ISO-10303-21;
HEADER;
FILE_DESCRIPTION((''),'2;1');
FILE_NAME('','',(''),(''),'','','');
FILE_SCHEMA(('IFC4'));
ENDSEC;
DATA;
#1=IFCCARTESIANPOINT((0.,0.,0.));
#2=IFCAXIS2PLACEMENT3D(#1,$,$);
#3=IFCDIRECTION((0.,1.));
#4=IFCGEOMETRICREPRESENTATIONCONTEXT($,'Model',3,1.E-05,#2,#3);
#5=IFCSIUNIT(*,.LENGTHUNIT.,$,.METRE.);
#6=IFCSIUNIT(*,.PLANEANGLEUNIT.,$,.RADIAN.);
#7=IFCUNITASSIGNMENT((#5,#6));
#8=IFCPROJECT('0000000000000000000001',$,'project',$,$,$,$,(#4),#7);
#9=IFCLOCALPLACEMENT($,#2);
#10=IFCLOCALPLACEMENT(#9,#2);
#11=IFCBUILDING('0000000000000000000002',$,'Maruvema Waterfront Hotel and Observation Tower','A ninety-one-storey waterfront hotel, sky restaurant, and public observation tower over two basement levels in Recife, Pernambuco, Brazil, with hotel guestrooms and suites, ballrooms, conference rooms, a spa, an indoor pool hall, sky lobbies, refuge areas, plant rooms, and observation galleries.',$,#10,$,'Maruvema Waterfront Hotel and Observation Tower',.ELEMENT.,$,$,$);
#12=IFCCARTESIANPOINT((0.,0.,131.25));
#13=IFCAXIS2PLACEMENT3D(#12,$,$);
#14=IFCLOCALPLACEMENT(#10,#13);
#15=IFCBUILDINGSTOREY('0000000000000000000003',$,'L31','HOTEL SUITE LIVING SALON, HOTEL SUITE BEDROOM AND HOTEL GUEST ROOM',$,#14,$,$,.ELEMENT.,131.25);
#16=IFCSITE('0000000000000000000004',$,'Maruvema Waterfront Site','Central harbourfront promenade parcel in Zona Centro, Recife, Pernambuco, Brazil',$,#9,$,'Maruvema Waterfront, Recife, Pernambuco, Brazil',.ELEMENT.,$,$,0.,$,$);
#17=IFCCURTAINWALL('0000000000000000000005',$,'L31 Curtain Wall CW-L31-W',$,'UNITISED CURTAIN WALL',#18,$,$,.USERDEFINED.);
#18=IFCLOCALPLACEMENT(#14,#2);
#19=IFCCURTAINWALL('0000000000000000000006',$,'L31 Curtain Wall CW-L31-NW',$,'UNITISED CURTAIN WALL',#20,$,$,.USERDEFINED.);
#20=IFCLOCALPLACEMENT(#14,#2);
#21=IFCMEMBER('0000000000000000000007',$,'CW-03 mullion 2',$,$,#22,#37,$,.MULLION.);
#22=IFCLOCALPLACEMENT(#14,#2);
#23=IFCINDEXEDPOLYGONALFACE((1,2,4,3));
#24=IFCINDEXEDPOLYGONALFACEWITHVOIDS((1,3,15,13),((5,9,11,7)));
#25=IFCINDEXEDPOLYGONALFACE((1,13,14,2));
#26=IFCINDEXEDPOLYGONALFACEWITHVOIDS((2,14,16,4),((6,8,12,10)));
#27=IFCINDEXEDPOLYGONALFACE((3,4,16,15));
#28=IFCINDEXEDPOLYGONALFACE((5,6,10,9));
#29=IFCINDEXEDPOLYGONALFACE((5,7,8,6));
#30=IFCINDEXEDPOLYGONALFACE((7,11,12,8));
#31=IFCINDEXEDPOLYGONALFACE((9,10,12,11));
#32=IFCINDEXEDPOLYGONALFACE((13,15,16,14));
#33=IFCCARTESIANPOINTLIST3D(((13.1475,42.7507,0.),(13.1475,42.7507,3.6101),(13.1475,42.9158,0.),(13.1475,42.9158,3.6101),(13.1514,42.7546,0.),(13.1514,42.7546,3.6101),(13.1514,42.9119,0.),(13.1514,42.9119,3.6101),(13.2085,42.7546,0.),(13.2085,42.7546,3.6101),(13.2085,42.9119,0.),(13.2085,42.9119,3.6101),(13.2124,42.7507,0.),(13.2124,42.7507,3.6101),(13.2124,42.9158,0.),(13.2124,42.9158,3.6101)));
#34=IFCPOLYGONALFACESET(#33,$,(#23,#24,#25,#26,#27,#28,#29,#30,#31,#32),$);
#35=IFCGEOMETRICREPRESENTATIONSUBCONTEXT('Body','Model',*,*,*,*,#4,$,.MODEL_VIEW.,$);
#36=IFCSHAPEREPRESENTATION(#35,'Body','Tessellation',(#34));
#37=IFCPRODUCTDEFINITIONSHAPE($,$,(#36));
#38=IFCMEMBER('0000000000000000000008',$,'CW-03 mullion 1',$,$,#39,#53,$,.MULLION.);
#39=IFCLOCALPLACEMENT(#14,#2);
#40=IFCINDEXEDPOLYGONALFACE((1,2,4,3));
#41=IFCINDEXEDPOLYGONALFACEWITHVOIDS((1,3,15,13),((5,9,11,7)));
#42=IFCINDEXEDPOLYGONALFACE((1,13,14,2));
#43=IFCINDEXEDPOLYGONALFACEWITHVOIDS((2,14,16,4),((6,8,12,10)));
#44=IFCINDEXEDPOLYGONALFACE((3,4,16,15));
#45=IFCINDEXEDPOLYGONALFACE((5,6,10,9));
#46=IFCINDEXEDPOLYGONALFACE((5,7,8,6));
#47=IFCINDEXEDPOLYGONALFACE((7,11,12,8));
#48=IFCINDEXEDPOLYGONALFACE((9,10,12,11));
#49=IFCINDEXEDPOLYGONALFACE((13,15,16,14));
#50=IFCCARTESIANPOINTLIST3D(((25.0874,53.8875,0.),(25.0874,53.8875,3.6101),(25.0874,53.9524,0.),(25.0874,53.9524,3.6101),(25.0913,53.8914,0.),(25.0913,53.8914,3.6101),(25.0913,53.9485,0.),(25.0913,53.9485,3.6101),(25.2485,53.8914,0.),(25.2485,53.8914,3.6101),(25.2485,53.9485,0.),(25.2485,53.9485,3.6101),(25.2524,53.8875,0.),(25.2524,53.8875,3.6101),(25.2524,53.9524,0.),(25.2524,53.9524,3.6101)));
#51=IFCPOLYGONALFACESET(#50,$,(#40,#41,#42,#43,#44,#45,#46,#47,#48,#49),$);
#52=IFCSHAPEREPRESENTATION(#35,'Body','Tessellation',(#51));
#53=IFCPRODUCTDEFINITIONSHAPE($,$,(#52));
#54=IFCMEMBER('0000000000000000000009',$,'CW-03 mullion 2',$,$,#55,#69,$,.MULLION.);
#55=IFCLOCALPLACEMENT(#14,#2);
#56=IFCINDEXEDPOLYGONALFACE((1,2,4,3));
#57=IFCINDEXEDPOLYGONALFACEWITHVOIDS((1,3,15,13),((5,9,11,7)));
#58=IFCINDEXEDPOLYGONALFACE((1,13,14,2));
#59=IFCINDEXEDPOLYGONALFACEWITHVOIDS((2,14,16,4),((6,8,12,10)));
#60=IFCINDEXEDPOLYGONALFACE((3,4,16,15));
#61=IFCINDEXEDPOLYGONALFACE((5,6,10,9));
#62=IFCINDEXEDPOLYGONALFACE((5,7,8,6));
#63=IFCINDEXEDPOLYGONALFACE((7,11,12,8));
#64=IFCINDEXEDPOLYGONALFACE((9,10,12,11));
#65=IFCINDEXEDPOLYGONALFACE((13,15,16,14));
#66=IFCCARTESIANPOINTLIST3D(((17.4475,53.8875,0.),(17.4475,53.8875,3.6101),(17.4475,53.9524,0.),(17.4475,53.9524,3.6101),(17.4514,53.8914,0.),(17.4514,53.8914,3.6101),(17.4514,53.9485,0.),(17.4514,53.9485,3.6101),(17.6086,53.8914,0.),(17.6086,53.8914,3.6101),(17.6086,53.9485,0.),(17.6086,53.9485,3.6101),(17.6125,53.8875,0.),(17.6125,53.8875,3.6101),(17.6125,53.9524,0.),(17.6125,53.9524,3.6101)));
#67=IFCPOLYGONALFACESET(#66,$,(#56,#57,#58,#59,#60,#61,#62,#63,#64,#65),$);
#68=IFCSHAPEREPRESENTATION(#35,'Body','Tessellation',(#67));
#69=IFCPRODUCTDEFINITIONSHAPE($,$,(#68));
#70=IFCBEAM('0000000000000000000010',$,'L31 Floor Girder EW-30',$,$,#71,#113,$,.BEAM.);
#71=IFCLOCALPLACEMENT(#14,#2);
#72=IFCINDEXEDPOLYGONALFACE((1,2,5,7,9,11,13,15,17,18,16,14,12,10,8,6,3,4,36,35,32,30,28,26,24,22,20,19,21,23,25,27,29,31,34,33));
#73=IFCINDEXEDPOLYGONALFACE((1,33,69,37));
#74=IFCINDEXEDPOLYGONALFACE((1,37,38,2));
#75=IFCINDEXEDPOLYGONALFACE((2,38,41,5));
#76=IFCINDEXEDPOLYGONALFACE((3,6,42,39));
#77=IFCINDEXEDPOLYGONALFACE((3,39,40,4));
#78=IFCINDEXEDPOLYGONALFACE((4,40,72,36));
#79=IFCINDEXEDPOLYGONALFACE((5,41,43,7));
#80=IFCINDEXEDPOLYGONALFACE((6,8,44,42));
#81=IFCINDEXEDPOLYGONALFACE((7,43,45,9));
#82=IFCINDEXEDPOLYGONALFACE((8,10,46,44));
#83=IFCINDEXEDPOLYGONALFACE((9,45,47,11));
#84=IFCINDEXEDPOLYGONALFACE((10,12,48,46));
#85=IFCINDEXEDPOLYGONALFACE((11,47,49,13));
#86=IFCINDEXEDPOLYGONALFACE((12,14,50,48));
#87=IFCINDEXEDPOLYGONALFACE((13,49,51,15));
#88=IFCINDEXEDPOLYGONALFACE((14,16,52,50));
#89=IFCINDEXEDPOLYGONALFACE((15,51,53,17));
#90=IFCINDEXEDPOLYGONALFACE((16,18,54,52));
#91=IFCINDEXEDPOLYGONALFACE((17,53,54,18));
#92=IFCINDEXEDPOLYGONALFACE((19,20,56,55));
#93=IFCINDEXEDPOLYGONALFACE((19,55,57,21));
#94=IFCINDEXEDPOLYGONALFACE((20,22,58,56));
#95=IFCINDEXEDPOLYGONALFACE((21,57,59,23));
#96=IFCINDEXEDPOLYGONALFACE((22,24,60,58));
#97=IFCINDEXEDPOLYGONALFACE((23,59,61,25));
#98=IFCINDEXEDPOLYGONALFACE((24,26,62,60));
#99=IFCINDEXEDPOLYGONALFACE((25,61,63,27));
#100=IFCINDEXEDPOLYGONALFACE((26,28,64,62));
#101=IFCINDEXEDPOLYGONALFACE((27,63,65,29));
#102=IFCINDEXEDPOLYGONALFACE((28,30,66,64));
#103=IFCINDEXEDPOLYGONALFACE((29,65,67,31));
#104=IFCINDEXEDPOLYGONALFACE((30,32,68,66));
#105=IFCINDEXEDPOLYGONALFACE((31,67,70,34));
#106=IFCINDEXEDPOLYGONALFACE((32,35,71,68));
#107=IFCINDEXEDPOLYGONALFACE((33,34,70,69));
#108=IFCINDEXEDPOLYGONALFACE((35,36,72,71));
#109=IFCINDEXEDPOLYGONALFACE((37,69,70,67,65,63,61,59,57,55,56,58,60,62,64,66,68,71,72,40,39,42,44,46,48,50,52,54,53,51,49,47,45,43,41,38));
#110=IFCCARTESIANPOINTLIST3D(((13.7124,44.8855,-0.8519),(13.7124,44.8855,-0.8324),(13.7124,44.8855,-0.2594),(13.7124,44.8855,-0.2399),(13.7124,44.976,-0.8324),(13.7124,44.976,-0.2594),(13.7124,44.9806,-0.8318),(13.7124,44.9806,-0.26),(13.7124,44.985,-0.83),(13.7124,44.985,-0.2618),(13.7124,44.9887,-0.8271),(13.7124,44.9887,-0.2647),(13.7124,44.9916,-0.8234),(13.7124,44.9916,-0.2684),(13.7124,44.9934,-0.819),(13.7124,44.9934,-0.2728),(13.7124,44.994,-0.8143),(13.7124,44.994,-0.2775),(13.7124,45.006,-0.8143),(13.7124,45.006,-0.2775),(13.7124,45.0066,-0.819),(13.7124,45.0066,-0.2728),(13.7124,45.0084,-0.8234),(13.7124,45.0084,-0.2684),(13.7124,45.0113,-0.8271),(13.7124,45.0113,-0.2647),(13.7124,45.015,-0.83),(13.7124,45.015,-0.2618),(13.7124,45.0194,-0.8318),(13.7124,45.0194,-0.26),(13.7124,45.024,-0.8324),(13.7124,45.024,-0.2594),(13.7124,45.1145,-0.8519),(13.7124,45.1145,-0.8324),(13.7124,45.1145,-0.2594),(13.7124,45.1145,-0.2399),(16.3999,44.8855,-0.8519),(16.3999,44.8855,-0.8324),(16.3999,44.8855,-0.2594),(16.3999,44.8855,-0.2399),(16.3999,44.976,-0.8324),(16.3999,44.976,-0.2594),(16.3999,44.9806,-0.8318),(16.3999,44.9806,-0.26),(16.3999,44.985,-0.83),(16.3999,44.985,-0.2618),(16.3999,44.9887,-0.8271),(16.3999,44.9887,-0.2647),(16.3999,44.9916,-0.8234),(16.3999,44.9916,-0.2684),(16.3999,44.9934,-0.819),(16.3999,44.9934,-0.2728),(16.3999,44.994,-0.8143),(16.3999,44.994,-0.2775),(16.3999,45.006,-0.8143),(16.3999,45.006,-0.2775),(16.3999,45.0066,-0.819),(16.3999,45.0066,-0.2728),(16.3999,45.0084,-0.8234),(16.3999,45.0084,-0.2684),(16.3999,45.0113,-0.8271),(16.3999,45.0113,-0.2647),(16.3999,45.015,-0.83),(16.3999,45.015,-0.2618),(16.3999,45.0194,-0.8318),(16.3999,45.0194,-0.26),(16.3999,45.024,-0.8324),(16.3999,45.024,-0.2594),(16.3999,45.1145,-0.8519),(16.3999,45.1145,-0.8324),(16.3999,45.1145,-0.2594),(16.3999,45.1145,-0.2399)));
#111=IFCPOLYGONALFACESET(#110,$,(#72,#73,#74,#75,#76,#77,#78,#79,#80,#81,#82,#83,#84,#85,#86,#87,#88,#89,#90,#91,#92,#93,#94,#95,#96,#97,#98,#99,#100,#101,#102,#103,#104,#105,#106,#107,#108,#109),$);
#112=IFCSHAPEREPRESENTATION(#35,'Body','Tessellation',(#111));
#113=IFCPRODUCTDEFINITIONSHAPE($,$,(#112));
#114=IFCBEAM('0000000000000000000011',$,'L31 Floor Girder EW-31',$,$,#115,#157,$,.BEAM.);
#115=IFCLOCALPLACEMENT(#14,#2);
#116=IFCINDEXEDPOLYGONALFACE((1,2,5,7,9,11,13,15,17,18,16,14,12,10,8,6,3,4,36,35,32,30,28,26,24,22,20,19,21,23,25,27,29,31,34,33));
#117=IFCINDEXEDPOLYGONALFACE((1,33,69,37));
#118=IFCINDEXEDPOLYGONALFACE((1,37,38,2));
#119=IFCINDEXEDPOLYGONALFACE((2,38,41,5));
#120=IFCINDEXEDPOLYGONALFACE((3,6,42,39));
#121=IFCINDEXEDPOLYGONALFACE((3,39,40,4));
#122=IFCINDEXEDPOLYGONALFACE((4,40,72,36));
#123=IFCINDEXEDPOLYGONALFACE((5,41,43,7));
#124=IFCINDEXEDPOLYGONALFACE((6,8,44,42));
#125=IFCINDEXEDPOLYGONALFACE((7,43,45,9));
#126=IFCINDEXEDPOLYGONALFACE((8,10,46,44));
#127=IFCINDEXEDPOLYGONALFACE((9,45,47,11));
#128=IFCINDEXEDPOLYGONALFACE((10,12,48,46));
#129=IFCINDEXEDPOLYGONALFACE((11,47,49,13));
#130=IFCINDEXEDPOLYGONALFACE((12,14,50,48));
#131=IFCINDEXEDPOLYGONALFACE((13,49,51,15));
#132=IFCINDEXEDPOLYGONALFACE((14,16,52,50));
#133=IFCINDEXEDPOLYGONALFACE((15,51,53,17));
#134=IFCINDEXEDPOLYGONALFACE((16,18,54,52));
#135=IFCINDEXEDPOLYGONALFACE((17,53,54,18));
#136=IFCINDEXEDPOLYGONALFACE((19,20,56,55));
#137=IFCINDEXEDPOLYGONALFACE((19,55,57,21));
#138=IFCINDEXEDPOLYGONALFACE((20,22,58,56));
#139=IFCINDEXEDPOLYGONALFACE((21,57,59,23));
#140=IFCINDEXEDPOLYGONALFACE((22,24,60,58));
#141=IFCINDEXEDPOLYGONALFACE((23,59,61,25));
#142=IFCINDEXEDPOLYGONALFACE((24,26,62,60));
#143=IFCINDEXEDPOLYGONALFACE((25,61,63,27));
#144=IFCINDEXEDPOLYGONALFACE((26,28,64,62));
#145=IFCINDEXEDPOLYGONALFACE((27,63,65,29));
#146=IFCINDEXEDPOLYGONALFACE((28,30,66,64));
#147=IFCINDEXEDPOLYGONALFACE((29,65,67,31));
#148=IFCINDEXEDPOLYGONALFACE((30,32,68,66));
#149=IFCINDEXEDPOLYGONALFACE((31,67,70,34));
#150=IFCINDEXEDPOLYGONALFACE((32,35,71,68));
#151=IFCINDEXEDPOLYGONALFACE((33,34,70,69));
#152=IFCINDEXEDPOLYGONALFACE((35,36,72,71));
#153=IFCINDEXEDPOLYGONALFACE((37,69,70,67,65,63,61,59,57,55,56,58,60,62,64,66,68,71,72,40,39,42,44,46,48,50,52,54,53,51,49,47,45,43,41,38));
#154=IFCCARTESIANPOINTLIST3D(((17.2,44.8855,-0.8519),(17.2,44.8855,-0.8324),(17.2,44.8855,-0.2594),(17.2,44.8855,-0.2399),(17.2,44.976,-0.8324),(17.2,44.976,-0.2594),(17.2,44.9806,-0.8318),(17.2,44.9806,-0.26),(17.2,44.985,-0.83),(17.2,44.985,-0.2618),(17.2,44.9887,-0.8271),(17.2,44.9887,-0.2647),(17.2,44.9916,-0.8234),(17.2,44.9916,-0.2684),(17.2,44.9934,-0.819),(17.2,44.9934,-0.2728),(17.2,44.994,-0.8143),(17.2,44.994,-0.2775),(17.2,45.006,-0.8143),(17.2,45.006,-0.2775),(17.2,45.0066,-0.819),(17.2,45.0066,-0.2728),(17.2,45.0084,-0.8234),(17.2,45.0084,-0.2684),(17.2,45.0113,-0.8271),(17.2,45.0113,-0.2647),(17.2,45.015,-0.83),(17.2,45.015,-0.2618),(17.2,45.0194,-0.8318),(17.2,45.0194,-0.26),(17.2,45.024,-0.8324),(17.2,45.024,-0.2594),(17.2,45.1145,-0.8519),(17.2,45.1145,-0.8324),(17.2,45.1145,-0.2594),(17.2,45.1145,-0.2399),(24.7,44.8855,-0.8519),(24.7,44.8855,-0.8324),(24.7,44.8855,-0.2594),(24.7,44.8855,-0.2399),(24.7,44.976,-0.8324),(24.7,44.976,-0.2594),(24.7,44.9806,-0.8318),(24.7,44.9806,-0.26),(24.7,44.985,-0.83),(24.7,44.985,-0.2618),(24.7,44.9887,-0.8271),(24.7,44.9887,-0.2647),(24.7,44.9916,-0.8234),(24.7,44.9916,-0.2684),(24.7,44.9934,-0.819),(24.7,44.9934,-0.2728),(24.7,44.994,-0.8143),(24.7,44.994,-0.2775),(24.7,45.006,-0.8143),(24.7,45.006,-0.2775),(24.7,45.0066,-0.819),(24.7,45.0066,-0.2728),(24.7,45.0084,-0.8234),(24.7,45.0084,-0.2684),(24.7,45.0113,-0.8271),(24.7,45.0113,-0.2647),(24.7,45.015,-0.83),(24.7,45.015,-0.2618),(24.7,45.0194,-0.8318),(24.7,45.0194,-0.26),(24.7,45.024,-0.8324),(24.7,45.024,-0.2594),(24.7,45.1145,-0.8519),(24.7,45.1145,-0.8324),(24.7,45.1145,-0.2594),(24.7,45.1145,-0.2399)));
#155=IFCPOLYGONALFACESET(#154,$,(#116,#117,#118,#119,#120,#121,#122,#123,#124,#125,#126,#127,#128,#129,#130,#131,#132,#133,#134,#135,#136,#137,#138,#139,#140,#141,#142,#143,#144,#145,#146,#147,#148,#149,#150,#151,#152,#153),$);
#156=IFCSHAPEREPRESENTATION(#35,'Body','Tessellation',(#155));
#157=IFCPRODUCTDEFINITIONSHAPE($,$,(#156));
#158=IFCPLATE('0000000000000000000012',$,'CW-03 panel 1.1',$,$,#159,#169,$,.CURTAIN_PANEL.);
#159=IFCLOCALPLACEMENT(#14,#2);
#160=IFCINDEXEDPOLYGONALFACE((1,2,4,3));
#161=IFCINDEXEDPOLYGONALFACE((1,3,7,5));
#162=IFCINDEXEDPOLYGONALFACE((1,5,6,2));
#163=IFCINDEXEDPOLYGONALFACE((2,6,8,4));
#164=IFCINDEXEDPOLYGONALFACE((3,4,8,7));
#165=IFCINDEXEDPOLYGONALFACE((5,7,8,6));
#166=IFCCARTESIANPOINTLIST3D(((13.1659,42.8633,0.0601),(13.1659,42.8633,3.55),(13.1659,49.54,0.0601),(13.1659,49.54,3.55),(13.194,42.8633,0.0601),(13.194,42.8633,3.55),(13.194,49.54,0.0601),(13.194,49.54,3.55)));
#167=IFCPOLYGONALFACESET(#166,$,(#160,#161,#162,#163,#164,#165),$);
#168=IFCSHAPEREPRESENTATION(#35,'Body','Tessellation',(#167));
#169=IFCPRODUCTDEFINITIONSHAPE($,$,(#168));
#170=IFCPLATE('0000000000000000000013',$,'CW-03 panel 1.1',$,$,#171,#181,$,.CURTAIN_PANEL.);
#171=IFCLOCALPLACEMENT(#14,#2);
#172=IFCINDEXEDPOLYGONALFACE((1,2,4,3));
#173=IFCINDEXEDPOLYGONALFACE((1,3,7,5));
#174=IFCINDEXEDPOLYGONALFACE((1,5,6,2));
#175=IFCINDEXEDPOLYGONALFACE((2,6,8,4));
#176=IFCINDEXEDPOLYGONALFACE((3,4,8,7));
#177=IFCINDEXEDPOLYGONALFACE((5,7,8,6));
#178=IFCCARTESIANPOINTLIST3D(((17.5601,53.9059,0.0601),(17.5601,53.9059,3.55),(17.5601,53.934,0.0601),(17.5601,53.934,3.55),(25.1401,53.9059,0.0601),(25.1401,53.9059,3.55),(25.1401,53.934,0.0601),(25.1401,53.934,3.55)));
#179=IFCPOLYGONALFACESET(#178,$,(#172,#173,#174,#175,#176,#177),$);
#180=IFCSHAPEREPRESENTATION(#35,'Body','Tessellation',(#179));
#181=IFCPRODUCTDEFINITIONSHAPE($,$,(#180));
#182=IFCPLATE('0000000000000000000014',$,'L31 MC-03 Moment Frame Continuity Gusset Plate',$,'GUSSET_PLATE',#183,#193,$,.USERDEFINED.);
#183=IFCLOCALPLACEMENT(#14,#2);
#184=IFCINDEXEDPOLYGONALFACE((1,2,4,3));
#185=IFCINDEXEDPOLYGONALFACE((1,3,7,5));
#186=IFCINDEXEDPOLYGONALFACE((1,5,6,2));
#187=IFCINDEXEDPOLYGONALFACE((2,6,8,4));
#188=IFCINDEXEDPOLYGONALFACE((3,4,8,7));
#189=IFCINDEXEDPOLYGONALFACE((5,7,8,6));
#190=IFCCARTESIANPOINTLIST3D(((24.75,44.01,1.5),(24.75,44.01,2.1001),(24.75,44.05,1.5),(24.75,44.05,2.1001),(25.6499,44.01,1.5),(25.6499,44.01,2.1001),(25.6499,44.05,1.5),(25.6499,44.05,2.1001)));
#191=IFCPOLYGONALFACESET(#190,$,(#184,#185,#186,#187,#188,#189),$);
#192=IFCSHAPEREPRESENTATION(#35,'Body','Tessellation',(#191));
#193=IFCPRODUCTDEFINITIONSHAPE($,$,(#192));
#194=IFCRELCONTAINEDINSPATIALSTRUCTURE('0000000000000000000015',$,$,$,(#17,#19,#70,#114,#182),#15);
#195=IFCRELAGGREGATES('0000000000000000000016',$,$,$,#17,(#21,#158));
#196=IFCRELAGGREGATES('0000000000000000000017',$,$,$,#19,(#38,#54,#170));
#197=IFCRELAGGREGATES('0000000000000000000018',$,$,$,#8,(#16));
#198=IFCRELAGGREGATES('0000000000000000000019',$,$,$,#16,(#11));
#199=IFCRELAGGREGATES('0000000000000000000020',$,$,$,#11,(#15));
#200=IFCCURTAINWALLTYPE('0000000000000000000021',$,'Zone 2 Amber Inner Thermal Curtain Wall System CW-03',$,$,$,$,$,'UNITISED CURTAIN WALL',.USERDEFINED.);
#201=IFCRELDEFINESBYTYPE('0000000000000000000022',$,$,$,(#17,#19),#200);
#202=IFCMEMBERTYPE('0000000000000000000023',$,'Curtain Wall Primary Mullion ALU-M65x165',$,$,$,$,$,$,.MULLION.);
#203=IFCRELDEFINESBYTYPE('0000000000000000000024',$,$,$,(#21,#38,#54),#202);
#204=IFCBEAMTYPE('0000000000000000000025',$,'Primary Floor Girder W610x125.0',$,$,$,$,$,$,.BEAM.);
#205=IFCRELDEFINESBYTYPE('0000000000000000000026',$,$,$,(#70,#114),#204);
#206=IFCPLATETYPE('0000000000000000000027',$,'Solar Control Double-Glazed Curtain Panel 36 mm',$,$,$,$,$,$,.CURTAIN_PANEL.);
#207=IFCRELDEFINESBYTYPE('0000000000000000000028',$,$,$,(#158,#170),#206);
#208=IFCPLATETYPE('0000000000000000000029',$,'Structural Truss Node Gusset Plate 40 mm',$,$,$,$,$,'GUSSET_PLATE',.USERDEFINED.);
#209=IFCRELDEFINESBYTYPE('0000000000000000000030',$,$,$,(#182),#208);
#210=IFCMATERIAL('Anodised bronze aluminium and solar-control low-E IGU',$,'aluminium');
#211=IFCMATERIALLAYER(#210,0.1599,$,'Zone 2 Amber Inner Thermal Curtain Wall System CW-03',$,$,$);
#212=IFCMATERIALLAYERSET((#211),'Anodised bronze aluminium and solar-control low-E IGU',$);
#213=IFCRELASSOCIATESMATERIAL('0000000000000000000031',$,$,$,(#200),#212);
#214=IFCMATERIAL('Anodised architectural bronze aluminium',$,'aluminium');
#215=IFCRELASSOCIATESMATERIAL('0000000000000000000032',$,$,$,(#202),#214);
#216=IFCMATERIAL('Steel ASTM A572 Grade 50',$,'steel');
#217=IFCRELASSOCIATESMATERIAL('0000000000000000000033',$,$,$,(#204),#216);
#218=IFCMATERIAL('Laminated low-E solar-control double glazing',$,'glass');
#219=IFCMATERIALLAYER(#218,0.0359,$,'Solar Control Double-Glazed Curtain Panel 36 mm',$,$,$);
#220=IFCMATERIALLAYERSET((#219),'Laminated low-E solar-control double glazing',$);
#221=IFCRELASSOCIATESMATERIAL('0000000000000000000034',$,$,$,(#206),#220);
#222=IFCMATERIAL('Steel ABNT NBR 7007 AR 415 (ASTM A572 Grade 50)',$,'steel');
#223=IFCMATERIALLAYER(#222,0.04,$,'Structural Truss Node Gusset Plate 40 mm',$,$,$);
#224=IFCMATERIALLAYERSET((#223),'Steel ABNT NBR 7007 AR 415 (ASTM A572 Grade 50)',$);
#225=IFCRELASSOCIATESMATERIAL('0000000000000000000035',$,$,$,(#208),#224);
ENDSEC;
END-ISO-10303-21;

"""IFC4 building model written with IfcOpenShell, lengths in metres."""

from ifc_helpers import new_model, si_unit, direction, frame, origin, origin_2d, place, context, subcontext, project, spatial, rectangle, hollow_rectangle, i_section, extrude, material, layer, layer_set, material_profile, profile_set, type_object, element, aggregate, save


model = new_model("IFC4")

# Units and contexts
model_context = context("Model", 3, precision=1e-05, world=origin(), true_north=direction((0.0, 1.0)))
body_context = subcontext(model_context, "Body", "Model", "MODEL_VIEW")
ifc_project = project(units=[si_unit("LENGTHUNIT", "METRE"), si_unit("PLANEANGLEUNIT", "RADIAN")], contexts=[model_context])

# Site, building, storey
site_placement = place(None, origin())
site = spatial("IfcSite", under=ifc_project, at=site_placement, Name="Maruvema Waterfront Site", Description="Central harbourfront promenade parcel in Zona Centro, Recife, Pernambuco, Brazil", LongName="Maruvema Waterfront, Recife, Pernambuco, Brazil", CompositionType="ELEMENT", RefElevation=0.0)
building_placement = place(site_placement, origin())
building = spatial("IfcBuilding", under=site, at=building_placement, Name="Maruvema Waterfront Hotel and Observation Tower", Description="A ninety-one-storey waterfront hotel, sky restaurant, and public observation tower over two basement levels in Recife, Pernambuco, Brazil, with hotel guestrooms and suites, ballrooms, conference rooms, a spa, an indoor pool hall, sky lobbies, refuge areas, plant rooms, and observation galleries.", LongName="Maruvema Waterfront Hotel and Observation Tower", CompositionType="ELEMENT")
storey_placement = place(building_placement, frame((0.0, 0.0, 131.25)))
storey = spatial("IfcBuildingStorey", under=building, at=storey_placement, Name="L31", Description="HOTEL SUITE LIVING SALON, HOTEL SUITE BEDROOM AND HOTEL GUEST ROOM", CompositionType="ELEMENT", Elevation=131.25)

# Curtain walls
ifc_material_1 = material(Name="Anodised bronze aluminium and solar-control low-E IGU", Category="aluminium")
ifc_layer_1 = layer(ifc_material_1, 0.1599, Name="Zone 2 Amber Inner Thermal Curtain Wall System CW-03")
ifc_layer_set_1 = layer_set([ifc_layer_1], Name="Anodised bronze aluminium and solar-control low-E IGU")
curtain_wall_type = type_object("IfcCurtainWallType", Name="Zone 2 Amber Inner Thermal Curtain Wall System CW-03", ElementType="UNITISED CURTAIN WALL", PredefinedType="USERDEFINED", material=ifc_layer_set_1)
curtain_wall_1_placement = place(storey_placement, origin())
curtain_wall_1 = element("IfcCurtainWall", 1, at=curtain_wall_1_placement, inside=storey, type_object=curtain_wall_type, Name="L31 Curtain Wall CW-L31-W", ObjectType="UNITISED CURTAIN WALL", PredefinedType="USERDEFINED")
curtain_wall_2_placement = place(storey_placement, origin())
curtain_wall_2 = element("IfcCurtainWall", 2, at=curtain_wall_2_placement, inside=storey, type_object=curtain_wall_type, Name="L31 Curtain Wall CW-L31-NW", ObjectType="UNITISED CURTAIN WALL", PredefinedType="USERDEFINED")

# Members
ifc_material_2 = material(Name="Anodised architectural bronze aluminium", Category="aluminium")
ifc_material_profile_1 = material_profile(ifc_material_2, hollow_rectangle(XDim=0.0649, YDim=0.165, WallThickness=0.0039, at=origin_2d()), Name="ALU-M65x165")
ifc_profile_set_1 = profile_set([ifc_material_profile_1], Name="Anodised architectural bronze aluminium")
member_type_1 = type_object("IfcMemberType", Name="Curtain Wall Primary Mullion ALU-M65x165", PredefinedType="MULLION", material=ifc_profile_set_1)
member_1_placement = place(storey_placement, frame((13.1799, 42.8333, 0.0), z_axis=(0.0, 0.0, 1.0), x_axis=(1.0, 0.0, 0.0)))
member_1 = element("IfcMember", 3, at=member_1_placement, type_object=member_type_1, Name="CW-03 mullion 2", PredefinedType="MULLION", context=body_context, shape_type="SweptSolid", body=[
    extrude(hollow_rectangle(XDim=0.0649, YDim=0.165, WallThickness=0.0039, at=origin_2d()), origin(), (0.0, 0.0, 1.0), 3.6101),
])
member_2_placement = place(storey_placement, frame((25.1699, 53.9199, 0.0), z_axis=(0.0, 0.0, 1.0), x_axis=(0.0, -1.0, 0.0)))
member_2 = element("IfcMember", 4, at=member_2_placement, type_object=member_type_1, Name="CW-03 mullion 1", PredefinedType="MULLION", context=body_context, shape_type="SweptSolid", body=[
    extrude(hollow_rectangle(XDim=0.0649, YDim=0.165, WallThickness=0.0039, at=origin_2d()), origin(), (0.0, 0.0, 1.0), 3.6101),
])
member_3_placement = place(storey_placement, frame((17.53, 53.9199, 0.0), z_axis=(0.0, 0.0, 1.0), x_axis=(0.0, -1.0, 0.0)))
member_3 = element("IfcMember", 5, at=member_3_placement, type_object=member_type_1, Name="CW-03 mullion 2", PredefinedType="MULLION", context=body_context, shape_type="SweptSolid", body=[
    extrude(hollow_rectangle(XDim=0.0649, YDim=0.165, WallThickness=0.0039, at=origin_2d()), origin(), (0.0, 0.0, 1.0), 3.6101),
])

# Beams
ifc_material_3 = material(Name="Steel ASTM A572 Grade 50", Category="steel")
ifc_material_profile_2 = material_profile(ifc_material_3, i_section(OverallWidth=0.229, OverallDepth=0.6121, WebThickness=0.012, FlangeThickness=0.0195, FilletRadius=0.0181, at=origin_2d()), Name="W610x125.0")
ifc_profile_set_2 = profile_set([ifc_material_profile_2], Name="Steel ASTM A572 Grade 50")
beam_type = type_object("IfcBeamType", Name="Primary Floor Girder W610x125.0", PredefinedType="BEAM", material=ifc_profile_set_2)
beam_1_placement = place(storey_placement, frame((13.7124, 45.0, -0.5459), z_axis=(1.0, 0.0, 0.0), x_axis=(0.0, 1.0, 0.0)))
element("IfcBeam", 6, at=beam_1_placement, inside=storey, type_object=beam_type, Name="L31 Floor Girder EW-30", PredefinedType="BEAM", context=body_context, shape_type="SweptSolid", body=[
    extrude(i_section(OverallWidth=0.229, OverallDepth=0.6121, WebThickness=0.012, FlangeThickness=0.0195, FilletRadius=0.0181, at=origin_2d()), origin(), (0.0, 0.0, 1.0), 2.6875),
])
beam_2_placement = place(storey_placement, frame((17.2, 45.0, -0.5459), z_axis=(1.0, 0.0, 0.0), x_axis=(0.0, 1.0, 0.0)))
element("IfcBeam", 7, at=beam_2_placement, inside=storey, type_object=beam_type, Name="L31 Floor Girder EW-31", PredefinedType="BEAM", context=body_context, shape_type="SweptSolid", body=[
    extrude(i_section(OverallWidth=0.229, OverallDepth=0.6121, WebThickness=0.012, FlangeThickness=0.0195, FilletRadius=0.0181, at=origin_2d()), origin(), (0.0, 0.0, 1.0), 7.5),
])

# Plates
ifc_material_4 = material(Name="Laminated low-E solar-control double glazing", Category="glass")
ifc_layer_2 = layer(ifc_material_4, 0.0359, Name="Solar Control Double-Glazed Curtain Panel 36 mm")
ifc_layer_set_2 = layer_set([ifc_layer_2], Name="Laminated low-E solar-control double glazing")
plate_type_1 = type_object("IfcPlateType", Name="Solar Control Double-Glazed Curtain Panel 36 mm", PredefinedType="CURTAIN_PANEL", material=ifc_layer_set_2)
plate_1_placement = place(storey_placement, frame((13.1799, 46.2017, 0.0601), z_axis=(0.0, 0.0, 1.0), x_axis=(0.0, -1.0, 0.0)))
plate_1 = element("IfcPlate", 8, at=plate_1_placement, type_object=plate_type_1, Name="CW-03 panel 1.1", PredefinedType="CURTAIN_PANEL", context=body_context, shape_type="SweptSolid", body=[
    extrude(rectangle(XDim=6.6768, YDim=0.0281, at=origin_2d()), origin(), (0.0, 0.0, 1.0), 3.49),
])
aggregate(curtain_wall_1, [member_1, plate_1])
plate_2_placement = place(storey_placement, frame((21.3501, 53.9199, 0.0601), z_axis=(0.0, 0.0, 1.0), x_axis=(-1.0, 0.0, 0.0)))
plate_2 = element("IfcPlate", 9, at=plate_2_placement, type_object=plate_type_1, Name="CW-03 panel 1.1", PredefinedType="CURTAIN_PANEL", context=body_context, shape_type="SweptSolid", body=[
    extrude(rectangle(XDim=7.5801, YDim=0.0281, at=origin_2d()), origin(), (0.0, 0.0, 1.0), 3.49),
])
aggregate(curtain_wall_2, [member_2, member_3, plate_2])
ifc_material_5 = material(Name="Steel ABNT NBR 7007 AR 415 (ASTM A572 Grade 50)", Category="steel")
ifc_layer_3 = layer(ifc_material_5, 0.04, Name="Structural Truss Node Gusset Plate 40 mm")
ifc_layer_set_3 = layer_set([ifc_layer_3], Name="Steel ABNT NBR 7007 AR 415 (ASTM A572 Grade 50)")
plate_type_2 = type_object("IfcPlateType", Name="Structural Truss Node Gusset Plate 40 mm", ElementType="GUSSET_PLATE", PredefinedType="USERDEFINED", material=ifc_layer_set_3)
plate_3_placement = place(storey_placement, frame((25.2, 44.03, 1.5), z_axis=(0.0, 0.0, 1.0), x_axis=(1.0, 0.0, 0.0)))
element("IfcPlate", 10, at=plate_3_placement, inside=storey, type_object=plate_type_2, Name="L31 MC-03 Moment Frame Continuity Gusset Plate", ObjectType="GUSSET_PLATE", PredefinedType="USERDEFINED", context=body_context, shape_type="SweptSolid", body=[
    extrude(rectangle(XDim=0.8999, YDim=0.04, at=origin_2d()), origin(), (0.0, 0.0, 1.0), 0.6001),
])

save(model, "model.ifc")
